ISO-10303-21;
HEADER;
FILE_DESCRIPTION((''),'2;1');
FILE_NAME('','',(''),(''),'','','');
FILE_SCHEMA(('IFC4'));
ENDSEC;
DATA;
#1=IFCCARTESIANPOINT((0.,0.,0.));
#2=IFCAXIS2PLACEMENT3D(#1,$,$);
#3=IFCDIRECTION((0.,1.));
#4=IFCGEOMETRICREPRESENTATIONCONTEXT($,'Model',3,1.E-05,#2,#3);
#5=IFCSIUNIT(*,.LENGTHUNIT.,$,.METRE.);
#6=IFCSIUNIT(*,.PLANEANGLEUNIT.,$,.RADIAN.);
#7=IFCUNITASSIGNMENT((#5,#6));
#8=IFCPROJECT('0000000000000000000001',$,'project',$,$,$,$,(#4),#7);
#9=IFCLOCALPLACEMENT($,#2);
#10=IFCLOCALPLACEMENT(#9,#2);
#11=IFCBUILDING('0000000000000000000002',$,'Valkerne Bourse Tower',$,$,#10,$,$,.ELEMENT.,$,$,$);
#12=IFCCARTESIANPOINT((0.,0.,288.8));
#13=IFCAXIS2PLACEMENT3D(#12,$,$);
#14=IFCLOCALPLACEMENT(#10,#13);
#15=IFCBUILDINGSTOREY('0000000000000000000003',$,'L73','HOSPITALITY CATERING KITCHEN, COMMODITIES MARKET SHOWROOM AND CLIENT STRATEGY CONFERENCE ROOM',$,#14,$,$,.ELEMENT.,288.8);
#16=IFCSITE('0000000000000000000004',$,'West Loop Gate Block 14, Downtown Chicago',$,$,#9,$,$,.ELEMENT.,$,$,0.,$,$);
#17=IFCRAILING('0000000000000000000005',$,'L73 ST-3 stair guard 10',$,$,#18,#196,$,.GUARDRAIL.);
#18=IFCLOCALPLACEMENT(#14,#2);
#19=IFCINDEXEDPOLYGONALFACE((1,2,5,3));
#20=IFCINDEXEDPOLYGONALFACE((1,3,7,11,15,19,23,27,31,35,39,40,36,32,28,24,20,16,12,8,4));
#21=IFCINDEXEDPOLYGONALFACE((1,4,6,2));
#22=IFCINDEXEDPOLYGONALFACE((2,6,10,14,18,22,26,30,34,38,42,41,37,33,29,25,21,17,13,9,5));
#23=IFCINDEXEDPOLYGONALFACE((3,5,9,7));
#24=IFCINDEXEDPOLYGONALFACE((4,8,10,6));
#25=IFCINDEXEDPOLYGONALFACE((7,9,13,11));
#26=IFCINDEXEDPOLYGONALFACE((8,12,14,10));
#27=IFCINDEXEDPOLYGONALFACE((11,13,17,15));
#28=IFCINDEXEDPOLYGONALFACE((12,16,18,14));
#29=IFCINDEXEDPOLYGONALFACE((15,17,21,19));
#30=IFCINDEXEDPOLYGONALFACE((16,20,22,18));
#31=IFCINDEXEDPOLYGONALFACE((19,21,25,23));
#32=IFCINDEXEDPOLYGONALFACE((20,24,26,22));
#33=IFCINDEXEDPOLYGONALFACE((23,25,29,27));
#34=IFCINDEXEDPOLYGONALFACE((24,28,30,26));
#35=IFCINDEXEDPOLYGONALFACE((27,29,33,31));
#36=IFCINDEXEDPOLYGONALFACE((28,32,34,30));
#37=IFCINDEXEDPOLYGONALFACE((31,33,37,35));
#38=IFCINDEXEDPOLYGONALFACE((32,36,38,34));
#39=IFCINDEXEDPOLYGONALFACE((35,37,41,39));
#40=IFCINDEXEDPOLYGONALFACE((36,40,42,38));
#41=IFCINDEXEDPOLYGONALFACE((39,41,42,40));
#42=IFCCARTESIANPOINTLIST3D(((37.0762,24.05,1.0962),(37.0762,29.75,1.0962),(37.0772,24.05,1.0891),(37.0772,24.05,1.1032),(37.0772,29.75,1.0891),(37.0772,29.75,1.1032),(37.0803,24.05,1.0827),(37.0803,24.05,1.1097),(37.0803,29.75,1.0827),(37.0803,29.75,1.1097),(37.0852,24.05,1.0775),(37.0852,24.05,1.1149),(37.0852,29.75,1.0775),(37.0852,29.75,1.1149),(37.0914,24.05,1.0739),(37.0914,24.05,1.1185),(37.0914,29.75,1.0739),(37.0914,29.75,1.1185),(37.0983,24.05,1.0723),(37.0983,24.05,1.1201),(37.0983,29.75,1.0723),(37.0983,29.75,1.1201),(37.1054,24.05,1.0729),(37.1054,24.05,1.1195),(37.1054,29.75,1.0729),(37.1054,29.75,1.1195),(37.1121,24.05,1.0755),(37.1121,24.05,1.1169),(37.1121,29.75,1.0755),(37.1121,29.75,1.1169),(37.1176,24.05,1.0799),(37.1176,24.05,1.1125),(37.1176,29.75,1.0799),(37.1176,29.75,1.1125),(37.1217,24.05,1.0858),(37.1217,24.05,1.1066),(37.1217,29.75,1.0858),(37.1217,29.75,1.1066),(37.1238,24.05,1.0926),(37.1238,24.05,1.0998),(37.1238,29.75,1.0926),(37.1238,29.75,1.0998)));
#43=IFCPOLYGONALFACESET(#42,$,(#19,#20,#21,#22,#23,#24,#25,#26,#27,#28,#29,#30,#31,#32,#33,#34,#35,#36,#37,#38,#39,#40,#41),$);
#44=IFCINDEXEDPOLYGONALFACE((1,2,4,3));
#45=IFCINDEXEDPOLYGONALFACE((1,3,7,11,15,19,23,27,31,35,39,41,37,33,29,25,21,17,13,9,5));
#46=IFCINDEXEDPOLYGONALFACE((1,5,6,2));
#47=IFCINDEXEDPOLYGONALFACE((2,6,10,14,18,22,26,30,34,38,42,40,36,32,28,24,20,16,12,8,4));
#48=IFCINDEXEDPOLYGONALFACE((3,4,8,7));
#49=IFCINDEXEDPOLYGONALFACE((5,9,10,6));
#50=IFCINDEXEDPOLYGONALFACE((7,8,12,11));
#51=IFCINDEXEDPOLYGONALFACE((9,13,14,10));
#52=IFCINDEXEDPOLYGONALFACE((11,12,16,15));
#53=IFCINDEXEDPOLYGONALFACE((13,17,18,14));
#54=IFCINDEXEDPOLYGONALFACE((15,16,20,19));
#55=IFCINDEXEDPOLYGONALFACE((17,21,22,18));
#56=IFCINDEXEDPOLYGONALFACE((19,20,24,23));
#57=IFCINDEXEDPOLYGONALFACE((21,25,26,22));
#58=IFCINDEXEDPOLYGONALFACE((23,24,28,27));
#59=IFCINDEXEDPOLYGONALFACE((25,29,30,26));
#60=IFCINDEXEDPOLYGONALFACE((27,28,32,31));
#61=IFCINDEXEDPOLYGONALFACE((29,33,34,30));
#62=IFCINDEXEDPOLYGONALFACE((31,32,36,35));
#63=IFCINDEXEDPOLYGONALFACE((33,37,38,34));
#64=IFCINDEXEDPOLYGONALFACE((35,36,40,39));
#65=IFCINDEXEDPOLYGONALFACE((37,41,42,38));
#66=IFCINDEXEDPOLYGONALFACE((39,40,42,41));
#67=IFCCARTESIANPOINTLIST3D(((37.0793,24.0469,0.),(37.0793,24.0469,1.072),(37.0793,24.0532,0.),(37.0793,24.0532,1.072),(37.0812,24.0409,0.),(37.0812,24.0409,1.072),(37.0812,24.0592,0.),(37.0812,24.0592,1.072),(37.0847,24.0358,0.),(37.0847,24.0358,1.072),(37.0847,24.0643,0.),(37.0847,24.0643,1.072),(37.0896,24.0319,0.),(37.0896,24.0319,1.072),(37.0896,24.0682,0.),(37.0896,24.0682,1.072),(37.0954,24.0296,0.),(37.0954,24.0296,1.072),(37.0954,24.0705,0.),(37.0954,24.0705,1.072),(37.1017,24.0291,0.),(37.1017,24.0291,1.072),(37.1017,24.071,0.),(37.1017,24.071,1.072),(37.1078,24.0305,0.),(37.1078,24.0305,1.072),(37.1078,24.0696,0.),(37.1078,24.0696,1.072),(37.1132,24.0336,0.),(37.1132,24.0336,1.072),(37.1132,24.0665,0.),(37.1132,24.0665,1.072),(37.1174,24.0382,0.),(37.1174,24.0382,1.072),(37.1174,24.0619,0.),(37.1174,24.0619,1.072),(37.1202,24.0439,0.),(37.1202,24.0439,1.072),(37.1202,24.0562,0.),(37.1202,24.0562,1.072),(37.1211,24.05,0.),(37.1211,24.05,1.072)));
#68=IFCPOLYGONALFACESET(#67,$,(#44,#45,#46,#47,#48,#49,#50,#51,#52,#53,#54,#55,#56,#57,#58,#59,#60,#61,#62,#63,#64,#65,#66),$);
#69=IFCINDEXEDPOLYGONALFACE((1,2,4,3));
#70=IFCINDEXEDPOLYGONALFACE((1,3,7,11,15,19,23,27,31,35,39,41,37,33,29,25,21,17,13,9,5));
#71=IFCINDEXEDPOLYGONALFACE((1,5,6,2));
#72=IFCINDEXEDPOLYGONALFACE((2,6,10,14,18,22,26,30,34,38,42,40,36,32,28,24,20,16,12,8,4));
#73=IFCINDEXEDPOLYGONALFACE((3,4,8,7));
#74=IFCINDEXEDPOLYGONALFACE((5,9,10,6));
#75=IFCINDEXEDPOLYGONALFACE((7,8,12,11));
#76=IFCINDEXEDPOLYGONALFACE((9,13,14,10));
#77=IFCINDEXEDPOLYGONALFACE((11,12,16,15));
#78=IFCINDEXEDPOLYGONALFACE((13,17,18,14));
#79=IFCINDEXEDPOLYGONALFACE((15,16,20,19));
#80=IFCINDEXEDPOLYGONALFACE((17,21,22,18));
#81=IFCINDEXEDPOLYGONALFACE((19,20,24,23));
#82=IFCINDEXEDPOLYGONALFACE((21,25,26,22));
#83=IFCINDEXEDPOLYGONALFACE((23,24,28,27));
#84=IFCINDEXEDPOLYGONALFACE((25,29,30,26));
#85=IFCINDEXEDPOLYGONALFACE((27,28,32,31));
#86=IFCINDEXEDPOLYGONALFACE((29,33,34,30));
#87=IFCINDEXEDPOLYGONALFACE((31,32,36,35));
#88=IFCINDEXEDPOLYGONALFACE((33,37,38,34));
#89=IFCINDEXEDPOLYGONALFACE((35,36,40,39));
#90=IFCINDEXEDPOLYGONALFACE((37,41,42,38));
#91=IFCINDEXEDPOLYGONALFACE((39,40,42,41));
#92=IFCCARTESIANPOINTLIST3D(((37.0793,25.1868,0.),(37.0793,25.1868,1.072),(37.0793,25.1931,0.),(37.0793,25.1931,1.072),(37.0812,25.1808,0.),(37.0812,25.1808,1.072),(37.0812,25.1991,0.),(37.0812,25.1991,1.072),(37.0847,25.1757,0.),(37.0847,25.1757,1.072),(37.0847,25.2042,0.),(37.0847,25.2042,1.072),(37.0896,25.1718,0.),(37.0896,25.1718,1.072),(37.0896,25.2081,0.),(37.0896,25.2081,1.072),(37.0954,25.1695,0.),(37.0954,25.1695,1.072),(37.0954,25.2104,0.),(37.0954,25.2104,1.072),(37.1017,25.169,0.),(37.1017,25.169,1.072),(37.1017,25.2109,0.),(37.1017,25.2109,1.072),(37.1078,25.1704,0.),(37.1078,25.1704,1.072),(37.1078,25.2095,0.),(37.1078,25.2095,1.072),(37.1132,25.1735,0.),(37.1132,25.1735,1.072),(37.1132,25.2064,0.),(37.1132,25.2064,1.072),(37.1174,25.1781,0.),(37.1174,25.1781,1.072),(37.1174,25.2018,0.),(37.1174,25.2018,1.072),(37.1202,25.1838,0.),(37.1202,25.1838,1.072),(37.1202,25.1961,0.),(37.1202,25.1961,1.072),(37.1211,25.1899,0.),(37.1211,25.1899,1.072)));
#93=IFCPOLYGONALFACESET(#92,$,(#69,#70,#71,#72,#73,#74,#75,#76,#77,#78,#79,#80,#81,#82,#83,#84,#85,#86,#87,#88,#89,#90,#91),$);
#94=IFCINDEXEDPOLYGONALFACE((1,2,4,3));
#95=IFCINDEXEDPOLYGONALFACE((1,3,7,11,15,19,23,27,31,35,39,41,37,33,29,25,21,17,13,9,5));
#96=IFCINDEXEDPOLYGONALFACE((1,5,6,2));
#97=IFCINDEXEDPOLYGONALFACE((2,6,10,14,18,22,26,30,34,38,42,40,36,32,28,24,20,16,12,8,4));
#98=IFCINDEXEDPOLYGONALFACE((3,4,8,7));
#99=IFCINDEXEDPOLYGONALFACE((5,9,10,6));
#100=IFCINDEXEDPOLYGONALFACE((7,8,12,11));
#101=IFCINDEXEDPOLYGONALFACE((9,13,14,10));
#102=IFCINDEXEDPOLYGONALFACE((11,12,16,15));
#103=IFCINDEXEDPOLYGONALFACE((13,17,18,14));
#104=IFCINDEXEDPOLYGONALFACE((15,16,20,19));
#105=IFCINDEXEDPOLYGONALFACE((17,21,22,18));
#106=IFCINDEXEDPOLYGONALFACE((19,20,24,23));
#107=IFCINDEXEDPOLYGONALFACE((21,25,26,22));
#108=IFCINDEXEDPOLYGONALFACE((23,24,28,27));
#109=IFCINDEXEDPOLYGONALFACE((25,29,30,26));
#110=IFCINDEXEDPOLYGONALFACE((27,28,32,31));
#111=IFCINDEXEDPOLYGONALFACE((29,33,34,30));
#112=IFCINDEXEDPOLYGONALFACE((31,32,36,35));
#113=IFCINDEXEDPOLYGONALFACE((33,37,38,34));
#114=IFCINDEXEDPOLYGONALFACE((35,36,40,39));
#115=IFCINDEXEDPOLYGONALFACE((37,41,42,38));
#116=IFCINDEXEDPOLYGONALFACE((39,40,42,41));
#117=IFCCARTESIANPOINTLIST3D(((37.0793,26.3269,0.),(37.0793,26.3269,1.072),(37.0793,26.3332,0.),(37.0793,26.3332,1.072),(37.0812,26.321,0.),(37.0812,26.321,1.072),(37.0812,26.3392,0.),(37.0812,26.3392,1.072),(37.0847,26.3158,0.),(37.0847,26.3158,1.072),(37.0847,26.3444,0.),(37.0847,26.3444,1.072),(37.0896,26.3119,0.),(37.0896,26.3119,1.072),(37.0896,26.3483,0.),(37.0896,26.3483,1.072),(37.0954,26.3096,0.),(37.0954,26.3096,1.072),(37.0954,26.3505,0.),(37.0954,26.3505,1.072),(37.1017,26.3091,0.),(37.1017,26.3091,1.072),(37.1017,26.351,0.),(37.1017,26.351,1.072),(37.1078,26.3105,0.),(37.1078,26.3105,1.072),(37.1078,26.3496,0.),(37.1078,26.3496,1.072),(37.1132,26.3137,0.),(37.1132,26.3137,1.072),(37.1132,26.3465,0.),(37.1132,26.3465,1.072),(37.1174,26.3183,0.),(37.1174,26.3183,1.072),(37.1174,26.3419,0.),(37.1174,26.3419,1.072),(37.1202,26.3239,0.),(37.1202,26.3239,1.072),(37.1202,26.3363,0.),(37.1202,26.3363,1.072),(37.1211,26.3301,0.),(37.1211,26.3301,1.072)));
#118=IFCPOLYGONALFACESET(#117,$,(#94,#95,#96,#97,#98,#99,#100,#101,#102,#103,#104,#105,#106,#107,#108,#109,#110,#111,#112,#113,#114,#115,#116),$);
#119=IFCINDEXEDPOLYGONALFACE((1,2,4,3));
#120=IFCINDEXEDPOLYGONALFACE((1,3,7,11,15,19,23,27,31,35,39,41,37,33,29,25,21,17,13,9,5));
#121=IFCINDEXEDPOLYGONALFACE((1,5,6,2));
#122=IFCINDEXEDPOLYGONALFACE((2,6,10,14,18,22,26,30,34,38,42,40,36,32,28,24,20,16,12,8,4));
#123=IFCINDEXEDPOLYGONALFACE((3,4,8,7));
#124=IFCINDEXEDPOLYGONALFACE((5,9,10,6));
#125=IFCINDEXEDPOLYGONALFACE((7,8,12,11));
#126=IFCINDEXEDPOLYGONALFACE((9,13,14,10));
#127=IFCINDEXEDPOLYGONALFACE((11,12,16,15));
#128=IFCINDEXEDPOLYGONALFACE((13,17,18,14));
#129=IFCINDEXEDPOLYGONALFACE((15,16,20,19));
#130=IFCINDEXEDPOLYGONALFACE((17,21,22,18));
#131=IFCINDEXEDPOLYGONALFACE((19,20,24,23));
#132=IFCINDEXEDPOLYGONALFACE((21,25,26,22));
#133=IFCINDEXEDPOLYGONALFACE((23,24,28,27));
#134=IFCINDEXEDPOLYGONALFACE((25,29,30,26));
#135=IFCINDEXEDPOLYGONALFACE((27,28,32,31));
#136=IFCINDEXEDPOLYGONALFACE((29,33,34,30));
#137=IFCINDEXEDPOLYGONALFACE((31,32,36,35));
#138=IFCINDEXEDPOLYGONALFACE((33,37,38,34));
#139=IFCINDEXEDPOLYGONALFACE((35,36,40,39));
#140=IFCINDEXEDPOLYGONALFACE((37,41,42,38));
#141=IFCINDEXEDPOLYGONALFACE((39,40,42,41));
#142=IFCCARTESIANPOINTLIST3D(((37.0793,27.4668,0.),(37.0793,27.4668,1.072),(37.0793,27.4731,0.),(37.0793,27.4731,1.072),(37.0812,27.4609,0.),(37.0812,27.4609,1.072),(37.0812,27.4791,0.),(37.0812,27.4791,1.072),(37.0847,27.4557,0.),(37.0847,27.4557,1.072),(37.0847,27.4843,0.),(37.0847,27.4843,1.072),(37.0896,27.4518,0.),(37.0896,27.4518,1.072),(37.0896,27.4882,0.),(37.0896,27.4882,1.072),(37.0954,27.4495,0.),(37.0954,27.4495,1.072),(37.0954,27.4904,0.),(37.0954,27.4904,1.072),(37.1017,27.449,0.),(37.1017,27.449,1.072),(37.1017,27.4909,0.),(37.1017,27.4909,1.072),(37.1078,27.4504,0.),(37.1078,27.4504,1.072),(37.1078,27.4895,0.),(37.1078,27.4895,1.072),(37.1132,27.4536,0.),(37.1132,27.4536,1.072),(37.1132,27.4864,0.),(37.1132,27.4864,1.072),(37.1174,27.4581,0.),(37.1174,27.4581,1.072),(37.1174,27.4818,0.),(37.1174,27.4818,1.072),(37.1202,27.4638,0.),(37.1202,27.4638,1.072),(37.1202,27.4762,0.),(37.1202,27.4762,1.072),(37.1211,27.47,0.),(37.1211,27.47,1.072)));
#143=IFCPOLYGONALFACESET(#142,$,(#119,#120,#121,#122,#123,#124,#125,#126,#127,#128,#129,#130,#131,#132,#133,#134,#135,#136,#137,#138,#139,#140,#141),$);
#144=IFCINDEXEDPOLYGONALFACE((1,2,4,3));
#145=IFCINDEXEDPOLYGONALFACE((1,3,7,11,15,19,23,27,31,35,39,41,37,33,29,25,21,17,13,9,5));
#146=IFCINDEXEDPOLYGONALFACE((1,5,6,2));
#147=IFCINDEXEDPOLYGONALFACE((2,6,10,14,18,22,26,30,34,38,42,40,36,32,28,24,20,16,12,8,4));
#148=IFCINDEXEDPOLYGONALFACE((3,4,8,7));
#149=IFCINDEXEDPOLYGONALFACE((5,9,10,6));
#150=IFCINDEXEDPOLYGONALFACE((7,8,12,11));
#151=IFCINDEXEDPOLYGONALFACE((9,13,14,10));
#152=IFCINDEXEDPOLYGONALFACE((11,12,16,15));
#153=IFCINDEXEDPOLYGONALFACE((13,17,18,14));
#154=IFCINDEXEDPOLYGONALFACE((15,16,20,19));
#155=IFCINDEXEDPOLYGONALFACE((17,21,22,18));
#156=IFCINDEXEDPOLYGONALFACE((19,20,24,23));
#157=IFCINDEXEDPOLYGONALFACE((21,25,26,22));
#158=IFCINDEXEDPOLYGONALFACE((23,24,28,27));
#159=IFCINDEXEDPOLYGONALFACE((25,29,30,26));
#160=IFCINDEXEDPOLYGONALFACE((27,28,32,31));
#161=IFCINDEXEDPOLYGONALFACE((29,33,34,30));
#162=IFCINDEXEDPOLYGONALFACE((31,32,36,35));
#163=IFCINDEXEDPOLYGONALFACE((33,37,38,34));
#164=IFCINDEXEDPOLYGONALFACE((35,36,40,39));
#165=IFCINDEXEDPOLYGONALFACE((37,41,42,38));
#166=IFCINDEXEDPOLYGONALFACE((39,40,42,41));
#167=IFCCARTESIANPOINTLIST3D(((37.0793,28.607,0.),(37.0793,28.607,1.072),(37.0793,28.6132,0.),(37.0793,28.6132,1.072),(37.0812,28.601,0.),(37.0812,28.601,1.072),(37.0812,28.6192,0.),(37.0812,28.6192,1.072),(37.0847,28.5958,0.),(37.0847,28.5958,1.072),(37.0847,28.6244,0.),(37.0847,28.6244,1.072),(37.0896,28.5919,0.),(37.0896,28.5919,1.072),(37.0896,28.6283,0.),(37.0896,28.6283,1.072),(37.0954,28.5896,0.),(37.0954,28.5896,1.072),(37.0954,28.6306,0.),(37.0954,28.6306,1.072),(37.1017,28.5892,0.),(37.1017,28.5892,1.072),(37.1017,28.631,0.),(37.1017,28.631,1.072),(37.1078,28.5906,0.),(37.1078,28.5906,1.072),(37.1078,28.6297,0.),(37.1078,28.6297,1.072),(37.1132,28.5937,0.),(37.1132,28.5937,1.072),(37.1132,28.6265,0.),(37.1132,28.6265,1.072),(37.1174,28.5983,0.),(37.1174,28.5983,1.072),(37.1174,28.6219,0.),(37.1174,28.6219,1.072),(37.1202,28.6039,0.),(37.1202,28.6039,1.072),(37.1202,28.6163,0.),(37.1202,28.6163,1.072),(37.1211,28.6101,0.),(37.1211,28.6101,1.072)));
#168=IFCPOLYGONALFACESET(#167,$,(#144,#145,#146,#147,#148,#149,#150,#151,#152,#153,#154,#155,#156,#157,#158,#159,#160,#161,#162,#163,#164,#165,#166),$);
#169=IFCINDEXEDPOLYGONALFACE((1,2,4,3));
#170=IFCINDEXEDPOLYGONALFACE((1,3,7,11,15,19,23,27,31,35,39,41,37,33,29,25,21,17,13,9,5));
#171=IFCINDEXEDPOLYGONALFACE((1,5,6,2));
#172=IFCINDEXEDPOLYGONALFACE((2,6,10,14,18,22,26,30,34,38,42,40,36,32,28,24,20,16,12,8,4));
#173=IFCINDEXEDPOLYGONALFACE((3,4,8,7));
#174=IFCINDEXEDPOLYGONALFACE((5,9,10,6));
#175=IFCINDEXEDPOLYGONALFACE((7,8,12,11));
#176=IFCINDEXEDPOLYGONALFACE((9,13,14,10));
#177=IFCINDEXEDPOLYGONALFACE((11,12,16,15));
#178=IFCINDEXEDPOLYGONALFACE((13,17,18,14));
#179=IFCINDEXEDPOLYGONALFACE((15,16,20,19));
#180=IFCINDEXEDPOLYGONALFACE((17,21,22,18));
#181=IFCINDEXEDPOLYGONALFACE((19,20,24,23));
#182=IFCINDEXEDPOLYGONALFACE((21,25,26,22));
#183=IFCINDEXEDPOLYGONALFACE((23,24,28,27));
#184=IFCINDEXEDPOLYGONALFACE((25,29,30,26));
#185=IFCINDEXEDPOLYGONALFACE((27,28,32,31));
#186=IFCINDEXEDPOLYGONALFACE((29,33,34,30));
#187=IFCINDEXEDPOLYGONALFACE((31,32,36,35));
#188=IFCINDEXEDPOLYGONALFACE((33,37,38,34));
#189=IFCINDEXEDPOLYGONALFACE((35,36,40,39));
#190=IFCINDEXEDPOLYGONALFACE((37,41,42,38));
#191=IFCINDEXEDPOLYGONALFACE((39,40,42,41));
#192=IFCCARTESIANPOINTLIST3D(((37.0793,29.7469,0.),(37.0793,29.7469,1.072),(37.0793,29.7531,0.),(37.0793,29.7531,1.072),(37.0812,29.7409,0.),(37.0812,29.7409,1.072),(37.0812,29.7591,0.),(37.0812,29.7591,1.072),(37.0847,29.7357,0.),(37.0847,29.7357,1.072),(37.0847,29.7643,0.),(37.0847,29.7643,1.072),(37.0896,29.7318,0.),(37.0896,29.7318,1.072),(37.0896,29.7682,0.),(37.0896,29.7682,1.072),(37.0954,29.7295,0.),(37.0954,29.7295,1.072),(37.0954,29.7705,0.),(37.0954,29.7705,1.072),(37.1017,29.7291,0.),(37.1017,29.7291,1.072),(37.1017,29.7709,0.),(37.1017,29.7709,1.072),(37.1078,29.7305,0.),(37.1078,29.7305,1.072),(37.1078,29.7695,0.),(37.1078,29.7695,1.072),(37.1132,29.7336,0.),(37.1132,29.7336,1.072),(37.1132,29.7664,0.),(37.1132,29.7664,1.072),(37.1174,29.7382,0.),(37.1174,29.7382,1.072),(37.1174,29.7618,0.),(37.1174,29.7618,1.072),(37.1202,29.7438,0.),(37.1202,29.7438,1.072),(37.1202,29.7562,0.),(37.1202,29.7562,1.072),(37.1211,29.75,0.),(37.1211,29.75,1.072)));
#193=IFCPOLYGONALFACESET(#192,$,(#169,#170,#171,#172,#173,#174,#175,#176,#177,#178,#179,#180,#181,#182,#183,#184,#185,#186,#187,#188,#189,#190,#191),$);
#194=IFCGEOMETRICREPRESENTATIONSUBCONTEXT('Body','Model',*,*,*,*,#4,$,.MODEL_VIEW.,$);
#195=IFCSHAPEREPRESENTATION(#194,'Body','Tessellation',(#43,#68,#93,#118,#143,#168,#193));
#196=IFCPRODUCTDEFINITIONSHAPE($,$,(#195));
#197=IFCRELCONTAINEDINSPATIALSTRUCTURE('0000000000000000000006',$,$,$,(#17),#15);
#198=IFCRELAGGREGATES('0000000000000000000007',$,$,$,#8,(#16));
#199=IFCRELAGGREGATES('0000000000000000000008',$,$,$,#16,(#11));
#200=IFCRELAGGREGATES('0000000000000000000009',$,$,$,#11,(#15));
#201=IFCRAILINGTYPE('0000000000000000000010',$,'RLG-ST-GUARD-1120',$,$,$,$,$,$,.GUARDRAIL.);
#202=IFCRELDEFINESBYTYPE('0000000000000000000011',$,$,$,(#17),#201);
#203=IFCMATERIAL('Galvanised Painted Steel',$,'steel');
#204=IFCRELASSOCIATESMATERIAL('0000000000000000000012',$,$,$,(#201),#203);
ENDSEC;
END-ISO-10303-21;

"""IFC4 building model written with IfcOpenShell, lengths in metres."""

from ifc_helpers import new_model, si_unit, direction, frame, origin, origin_2d, place, context, subcontext, project, spatial, circle, extrude, material, type_object, element, save


model = new_model("IFC4")

# Units and contexts
model_context = context("Model", 3, precision=1e-05, world=origin(), true_north=direction((0.0, 1.0)))
body_context = subcontext(model_context, "Body", "Model", "MODEL_VIEW")
ifc_project = project(units=[si_unit("LENGTHUNIT", "METRE"), si_unit("PLANEANGLEUNIT", "RADIAN")], contexts=[model_context])

# Site, building, storey
site_placement = place(None, origin())
site = spatial("IfcSite", under=ifc_project, at=site_placement, Name="West Loop Gate Block 14, Downtown Chicago", CompositionType="ELEMENT", RefElevation=0.0)
building_placement = place(site_placement, origin())
building = spatial("IfcBuilding", under=site, at=building_placement, Name="Valkerne Bourse Tower", CompositionType="ELEMENT")
storey_placement = place(building_placement, frame((0.0, 0.0, 288.8)))
storey = spatial("IfcBuildingStorey", under=building, at=storey_placement, Name="L73", Description="HOSPITALITY CATERING KITCHEN, COMMODITIES MARKET SHOWROOM AND CLIENT STRATEGY CONFERENCE ROOM", CompositionType="ELEMENT", Elevation=288.8)

# Shared definitions
ifc_material_1 = material(Name="Galvanised Painted Steel", Category="steel")

# Railing
railing_type_1 = type_object("IfcRailingType", Name="RLG-ST-GUARD-1120", PredefinedType="GUARDRAIL", material=ifc_material_1)
for number, where, name in (
    (1, (37.1001, 24.05, 0.0), "L73 ST-3 stair guard 10"),
):
    element("IfcRailing", number, at=place(storey_placement, frame(where)), inside=storey, type_object=railing_type_1, Name=name, PredefinedType="GUARDRAIL", context=body_context, shape_type="SweptSolid", body=[
        extrude(circle(Radius=0.0239, at=origin_2d()), frame((0.0, 0.0, 1.0962), z_axis=(0.0, 1.0, 0.0), x_axis=(-1.0, 0.0, 0.0)), (0.0, 0.0, 1.0), 5.7),
        extrude(circle(Radius=0.021, at=origin_2d()), origin(), (0.0, 0.0, 1.0), 1.072),
        extrude(circle(Radius=0.021, at=origin_2d()), frame((0.0, 1.1399, 0.0)), (0.0, 0.0, 1.0), 1.072),
        extrude(circle(Radius=0.021, at=origin_2d()), frame((0.0, 2.28, 0.0)), (0.0, 0.0, 1.0), 1.072),
        extrude(circle(Radius=0.021, at=origin_2d()), frame((0.0, 3.4199, 0.0)), (0.0, 0.0, 1.0), 1.072),
        extrude(circle(Radius=0.021, at=origin_2d()), frame((0.0, 4.5601, 0.0)), (0.0, 0.0, 1.0), 1.072),
        extrude(circle(Radius=0.021, at=origin_2d()), frame((0.0, 5.7, 0.0)), (0.0, 0.0, 1.0), 1.072),
    ])

save(model, "model.ifc")
